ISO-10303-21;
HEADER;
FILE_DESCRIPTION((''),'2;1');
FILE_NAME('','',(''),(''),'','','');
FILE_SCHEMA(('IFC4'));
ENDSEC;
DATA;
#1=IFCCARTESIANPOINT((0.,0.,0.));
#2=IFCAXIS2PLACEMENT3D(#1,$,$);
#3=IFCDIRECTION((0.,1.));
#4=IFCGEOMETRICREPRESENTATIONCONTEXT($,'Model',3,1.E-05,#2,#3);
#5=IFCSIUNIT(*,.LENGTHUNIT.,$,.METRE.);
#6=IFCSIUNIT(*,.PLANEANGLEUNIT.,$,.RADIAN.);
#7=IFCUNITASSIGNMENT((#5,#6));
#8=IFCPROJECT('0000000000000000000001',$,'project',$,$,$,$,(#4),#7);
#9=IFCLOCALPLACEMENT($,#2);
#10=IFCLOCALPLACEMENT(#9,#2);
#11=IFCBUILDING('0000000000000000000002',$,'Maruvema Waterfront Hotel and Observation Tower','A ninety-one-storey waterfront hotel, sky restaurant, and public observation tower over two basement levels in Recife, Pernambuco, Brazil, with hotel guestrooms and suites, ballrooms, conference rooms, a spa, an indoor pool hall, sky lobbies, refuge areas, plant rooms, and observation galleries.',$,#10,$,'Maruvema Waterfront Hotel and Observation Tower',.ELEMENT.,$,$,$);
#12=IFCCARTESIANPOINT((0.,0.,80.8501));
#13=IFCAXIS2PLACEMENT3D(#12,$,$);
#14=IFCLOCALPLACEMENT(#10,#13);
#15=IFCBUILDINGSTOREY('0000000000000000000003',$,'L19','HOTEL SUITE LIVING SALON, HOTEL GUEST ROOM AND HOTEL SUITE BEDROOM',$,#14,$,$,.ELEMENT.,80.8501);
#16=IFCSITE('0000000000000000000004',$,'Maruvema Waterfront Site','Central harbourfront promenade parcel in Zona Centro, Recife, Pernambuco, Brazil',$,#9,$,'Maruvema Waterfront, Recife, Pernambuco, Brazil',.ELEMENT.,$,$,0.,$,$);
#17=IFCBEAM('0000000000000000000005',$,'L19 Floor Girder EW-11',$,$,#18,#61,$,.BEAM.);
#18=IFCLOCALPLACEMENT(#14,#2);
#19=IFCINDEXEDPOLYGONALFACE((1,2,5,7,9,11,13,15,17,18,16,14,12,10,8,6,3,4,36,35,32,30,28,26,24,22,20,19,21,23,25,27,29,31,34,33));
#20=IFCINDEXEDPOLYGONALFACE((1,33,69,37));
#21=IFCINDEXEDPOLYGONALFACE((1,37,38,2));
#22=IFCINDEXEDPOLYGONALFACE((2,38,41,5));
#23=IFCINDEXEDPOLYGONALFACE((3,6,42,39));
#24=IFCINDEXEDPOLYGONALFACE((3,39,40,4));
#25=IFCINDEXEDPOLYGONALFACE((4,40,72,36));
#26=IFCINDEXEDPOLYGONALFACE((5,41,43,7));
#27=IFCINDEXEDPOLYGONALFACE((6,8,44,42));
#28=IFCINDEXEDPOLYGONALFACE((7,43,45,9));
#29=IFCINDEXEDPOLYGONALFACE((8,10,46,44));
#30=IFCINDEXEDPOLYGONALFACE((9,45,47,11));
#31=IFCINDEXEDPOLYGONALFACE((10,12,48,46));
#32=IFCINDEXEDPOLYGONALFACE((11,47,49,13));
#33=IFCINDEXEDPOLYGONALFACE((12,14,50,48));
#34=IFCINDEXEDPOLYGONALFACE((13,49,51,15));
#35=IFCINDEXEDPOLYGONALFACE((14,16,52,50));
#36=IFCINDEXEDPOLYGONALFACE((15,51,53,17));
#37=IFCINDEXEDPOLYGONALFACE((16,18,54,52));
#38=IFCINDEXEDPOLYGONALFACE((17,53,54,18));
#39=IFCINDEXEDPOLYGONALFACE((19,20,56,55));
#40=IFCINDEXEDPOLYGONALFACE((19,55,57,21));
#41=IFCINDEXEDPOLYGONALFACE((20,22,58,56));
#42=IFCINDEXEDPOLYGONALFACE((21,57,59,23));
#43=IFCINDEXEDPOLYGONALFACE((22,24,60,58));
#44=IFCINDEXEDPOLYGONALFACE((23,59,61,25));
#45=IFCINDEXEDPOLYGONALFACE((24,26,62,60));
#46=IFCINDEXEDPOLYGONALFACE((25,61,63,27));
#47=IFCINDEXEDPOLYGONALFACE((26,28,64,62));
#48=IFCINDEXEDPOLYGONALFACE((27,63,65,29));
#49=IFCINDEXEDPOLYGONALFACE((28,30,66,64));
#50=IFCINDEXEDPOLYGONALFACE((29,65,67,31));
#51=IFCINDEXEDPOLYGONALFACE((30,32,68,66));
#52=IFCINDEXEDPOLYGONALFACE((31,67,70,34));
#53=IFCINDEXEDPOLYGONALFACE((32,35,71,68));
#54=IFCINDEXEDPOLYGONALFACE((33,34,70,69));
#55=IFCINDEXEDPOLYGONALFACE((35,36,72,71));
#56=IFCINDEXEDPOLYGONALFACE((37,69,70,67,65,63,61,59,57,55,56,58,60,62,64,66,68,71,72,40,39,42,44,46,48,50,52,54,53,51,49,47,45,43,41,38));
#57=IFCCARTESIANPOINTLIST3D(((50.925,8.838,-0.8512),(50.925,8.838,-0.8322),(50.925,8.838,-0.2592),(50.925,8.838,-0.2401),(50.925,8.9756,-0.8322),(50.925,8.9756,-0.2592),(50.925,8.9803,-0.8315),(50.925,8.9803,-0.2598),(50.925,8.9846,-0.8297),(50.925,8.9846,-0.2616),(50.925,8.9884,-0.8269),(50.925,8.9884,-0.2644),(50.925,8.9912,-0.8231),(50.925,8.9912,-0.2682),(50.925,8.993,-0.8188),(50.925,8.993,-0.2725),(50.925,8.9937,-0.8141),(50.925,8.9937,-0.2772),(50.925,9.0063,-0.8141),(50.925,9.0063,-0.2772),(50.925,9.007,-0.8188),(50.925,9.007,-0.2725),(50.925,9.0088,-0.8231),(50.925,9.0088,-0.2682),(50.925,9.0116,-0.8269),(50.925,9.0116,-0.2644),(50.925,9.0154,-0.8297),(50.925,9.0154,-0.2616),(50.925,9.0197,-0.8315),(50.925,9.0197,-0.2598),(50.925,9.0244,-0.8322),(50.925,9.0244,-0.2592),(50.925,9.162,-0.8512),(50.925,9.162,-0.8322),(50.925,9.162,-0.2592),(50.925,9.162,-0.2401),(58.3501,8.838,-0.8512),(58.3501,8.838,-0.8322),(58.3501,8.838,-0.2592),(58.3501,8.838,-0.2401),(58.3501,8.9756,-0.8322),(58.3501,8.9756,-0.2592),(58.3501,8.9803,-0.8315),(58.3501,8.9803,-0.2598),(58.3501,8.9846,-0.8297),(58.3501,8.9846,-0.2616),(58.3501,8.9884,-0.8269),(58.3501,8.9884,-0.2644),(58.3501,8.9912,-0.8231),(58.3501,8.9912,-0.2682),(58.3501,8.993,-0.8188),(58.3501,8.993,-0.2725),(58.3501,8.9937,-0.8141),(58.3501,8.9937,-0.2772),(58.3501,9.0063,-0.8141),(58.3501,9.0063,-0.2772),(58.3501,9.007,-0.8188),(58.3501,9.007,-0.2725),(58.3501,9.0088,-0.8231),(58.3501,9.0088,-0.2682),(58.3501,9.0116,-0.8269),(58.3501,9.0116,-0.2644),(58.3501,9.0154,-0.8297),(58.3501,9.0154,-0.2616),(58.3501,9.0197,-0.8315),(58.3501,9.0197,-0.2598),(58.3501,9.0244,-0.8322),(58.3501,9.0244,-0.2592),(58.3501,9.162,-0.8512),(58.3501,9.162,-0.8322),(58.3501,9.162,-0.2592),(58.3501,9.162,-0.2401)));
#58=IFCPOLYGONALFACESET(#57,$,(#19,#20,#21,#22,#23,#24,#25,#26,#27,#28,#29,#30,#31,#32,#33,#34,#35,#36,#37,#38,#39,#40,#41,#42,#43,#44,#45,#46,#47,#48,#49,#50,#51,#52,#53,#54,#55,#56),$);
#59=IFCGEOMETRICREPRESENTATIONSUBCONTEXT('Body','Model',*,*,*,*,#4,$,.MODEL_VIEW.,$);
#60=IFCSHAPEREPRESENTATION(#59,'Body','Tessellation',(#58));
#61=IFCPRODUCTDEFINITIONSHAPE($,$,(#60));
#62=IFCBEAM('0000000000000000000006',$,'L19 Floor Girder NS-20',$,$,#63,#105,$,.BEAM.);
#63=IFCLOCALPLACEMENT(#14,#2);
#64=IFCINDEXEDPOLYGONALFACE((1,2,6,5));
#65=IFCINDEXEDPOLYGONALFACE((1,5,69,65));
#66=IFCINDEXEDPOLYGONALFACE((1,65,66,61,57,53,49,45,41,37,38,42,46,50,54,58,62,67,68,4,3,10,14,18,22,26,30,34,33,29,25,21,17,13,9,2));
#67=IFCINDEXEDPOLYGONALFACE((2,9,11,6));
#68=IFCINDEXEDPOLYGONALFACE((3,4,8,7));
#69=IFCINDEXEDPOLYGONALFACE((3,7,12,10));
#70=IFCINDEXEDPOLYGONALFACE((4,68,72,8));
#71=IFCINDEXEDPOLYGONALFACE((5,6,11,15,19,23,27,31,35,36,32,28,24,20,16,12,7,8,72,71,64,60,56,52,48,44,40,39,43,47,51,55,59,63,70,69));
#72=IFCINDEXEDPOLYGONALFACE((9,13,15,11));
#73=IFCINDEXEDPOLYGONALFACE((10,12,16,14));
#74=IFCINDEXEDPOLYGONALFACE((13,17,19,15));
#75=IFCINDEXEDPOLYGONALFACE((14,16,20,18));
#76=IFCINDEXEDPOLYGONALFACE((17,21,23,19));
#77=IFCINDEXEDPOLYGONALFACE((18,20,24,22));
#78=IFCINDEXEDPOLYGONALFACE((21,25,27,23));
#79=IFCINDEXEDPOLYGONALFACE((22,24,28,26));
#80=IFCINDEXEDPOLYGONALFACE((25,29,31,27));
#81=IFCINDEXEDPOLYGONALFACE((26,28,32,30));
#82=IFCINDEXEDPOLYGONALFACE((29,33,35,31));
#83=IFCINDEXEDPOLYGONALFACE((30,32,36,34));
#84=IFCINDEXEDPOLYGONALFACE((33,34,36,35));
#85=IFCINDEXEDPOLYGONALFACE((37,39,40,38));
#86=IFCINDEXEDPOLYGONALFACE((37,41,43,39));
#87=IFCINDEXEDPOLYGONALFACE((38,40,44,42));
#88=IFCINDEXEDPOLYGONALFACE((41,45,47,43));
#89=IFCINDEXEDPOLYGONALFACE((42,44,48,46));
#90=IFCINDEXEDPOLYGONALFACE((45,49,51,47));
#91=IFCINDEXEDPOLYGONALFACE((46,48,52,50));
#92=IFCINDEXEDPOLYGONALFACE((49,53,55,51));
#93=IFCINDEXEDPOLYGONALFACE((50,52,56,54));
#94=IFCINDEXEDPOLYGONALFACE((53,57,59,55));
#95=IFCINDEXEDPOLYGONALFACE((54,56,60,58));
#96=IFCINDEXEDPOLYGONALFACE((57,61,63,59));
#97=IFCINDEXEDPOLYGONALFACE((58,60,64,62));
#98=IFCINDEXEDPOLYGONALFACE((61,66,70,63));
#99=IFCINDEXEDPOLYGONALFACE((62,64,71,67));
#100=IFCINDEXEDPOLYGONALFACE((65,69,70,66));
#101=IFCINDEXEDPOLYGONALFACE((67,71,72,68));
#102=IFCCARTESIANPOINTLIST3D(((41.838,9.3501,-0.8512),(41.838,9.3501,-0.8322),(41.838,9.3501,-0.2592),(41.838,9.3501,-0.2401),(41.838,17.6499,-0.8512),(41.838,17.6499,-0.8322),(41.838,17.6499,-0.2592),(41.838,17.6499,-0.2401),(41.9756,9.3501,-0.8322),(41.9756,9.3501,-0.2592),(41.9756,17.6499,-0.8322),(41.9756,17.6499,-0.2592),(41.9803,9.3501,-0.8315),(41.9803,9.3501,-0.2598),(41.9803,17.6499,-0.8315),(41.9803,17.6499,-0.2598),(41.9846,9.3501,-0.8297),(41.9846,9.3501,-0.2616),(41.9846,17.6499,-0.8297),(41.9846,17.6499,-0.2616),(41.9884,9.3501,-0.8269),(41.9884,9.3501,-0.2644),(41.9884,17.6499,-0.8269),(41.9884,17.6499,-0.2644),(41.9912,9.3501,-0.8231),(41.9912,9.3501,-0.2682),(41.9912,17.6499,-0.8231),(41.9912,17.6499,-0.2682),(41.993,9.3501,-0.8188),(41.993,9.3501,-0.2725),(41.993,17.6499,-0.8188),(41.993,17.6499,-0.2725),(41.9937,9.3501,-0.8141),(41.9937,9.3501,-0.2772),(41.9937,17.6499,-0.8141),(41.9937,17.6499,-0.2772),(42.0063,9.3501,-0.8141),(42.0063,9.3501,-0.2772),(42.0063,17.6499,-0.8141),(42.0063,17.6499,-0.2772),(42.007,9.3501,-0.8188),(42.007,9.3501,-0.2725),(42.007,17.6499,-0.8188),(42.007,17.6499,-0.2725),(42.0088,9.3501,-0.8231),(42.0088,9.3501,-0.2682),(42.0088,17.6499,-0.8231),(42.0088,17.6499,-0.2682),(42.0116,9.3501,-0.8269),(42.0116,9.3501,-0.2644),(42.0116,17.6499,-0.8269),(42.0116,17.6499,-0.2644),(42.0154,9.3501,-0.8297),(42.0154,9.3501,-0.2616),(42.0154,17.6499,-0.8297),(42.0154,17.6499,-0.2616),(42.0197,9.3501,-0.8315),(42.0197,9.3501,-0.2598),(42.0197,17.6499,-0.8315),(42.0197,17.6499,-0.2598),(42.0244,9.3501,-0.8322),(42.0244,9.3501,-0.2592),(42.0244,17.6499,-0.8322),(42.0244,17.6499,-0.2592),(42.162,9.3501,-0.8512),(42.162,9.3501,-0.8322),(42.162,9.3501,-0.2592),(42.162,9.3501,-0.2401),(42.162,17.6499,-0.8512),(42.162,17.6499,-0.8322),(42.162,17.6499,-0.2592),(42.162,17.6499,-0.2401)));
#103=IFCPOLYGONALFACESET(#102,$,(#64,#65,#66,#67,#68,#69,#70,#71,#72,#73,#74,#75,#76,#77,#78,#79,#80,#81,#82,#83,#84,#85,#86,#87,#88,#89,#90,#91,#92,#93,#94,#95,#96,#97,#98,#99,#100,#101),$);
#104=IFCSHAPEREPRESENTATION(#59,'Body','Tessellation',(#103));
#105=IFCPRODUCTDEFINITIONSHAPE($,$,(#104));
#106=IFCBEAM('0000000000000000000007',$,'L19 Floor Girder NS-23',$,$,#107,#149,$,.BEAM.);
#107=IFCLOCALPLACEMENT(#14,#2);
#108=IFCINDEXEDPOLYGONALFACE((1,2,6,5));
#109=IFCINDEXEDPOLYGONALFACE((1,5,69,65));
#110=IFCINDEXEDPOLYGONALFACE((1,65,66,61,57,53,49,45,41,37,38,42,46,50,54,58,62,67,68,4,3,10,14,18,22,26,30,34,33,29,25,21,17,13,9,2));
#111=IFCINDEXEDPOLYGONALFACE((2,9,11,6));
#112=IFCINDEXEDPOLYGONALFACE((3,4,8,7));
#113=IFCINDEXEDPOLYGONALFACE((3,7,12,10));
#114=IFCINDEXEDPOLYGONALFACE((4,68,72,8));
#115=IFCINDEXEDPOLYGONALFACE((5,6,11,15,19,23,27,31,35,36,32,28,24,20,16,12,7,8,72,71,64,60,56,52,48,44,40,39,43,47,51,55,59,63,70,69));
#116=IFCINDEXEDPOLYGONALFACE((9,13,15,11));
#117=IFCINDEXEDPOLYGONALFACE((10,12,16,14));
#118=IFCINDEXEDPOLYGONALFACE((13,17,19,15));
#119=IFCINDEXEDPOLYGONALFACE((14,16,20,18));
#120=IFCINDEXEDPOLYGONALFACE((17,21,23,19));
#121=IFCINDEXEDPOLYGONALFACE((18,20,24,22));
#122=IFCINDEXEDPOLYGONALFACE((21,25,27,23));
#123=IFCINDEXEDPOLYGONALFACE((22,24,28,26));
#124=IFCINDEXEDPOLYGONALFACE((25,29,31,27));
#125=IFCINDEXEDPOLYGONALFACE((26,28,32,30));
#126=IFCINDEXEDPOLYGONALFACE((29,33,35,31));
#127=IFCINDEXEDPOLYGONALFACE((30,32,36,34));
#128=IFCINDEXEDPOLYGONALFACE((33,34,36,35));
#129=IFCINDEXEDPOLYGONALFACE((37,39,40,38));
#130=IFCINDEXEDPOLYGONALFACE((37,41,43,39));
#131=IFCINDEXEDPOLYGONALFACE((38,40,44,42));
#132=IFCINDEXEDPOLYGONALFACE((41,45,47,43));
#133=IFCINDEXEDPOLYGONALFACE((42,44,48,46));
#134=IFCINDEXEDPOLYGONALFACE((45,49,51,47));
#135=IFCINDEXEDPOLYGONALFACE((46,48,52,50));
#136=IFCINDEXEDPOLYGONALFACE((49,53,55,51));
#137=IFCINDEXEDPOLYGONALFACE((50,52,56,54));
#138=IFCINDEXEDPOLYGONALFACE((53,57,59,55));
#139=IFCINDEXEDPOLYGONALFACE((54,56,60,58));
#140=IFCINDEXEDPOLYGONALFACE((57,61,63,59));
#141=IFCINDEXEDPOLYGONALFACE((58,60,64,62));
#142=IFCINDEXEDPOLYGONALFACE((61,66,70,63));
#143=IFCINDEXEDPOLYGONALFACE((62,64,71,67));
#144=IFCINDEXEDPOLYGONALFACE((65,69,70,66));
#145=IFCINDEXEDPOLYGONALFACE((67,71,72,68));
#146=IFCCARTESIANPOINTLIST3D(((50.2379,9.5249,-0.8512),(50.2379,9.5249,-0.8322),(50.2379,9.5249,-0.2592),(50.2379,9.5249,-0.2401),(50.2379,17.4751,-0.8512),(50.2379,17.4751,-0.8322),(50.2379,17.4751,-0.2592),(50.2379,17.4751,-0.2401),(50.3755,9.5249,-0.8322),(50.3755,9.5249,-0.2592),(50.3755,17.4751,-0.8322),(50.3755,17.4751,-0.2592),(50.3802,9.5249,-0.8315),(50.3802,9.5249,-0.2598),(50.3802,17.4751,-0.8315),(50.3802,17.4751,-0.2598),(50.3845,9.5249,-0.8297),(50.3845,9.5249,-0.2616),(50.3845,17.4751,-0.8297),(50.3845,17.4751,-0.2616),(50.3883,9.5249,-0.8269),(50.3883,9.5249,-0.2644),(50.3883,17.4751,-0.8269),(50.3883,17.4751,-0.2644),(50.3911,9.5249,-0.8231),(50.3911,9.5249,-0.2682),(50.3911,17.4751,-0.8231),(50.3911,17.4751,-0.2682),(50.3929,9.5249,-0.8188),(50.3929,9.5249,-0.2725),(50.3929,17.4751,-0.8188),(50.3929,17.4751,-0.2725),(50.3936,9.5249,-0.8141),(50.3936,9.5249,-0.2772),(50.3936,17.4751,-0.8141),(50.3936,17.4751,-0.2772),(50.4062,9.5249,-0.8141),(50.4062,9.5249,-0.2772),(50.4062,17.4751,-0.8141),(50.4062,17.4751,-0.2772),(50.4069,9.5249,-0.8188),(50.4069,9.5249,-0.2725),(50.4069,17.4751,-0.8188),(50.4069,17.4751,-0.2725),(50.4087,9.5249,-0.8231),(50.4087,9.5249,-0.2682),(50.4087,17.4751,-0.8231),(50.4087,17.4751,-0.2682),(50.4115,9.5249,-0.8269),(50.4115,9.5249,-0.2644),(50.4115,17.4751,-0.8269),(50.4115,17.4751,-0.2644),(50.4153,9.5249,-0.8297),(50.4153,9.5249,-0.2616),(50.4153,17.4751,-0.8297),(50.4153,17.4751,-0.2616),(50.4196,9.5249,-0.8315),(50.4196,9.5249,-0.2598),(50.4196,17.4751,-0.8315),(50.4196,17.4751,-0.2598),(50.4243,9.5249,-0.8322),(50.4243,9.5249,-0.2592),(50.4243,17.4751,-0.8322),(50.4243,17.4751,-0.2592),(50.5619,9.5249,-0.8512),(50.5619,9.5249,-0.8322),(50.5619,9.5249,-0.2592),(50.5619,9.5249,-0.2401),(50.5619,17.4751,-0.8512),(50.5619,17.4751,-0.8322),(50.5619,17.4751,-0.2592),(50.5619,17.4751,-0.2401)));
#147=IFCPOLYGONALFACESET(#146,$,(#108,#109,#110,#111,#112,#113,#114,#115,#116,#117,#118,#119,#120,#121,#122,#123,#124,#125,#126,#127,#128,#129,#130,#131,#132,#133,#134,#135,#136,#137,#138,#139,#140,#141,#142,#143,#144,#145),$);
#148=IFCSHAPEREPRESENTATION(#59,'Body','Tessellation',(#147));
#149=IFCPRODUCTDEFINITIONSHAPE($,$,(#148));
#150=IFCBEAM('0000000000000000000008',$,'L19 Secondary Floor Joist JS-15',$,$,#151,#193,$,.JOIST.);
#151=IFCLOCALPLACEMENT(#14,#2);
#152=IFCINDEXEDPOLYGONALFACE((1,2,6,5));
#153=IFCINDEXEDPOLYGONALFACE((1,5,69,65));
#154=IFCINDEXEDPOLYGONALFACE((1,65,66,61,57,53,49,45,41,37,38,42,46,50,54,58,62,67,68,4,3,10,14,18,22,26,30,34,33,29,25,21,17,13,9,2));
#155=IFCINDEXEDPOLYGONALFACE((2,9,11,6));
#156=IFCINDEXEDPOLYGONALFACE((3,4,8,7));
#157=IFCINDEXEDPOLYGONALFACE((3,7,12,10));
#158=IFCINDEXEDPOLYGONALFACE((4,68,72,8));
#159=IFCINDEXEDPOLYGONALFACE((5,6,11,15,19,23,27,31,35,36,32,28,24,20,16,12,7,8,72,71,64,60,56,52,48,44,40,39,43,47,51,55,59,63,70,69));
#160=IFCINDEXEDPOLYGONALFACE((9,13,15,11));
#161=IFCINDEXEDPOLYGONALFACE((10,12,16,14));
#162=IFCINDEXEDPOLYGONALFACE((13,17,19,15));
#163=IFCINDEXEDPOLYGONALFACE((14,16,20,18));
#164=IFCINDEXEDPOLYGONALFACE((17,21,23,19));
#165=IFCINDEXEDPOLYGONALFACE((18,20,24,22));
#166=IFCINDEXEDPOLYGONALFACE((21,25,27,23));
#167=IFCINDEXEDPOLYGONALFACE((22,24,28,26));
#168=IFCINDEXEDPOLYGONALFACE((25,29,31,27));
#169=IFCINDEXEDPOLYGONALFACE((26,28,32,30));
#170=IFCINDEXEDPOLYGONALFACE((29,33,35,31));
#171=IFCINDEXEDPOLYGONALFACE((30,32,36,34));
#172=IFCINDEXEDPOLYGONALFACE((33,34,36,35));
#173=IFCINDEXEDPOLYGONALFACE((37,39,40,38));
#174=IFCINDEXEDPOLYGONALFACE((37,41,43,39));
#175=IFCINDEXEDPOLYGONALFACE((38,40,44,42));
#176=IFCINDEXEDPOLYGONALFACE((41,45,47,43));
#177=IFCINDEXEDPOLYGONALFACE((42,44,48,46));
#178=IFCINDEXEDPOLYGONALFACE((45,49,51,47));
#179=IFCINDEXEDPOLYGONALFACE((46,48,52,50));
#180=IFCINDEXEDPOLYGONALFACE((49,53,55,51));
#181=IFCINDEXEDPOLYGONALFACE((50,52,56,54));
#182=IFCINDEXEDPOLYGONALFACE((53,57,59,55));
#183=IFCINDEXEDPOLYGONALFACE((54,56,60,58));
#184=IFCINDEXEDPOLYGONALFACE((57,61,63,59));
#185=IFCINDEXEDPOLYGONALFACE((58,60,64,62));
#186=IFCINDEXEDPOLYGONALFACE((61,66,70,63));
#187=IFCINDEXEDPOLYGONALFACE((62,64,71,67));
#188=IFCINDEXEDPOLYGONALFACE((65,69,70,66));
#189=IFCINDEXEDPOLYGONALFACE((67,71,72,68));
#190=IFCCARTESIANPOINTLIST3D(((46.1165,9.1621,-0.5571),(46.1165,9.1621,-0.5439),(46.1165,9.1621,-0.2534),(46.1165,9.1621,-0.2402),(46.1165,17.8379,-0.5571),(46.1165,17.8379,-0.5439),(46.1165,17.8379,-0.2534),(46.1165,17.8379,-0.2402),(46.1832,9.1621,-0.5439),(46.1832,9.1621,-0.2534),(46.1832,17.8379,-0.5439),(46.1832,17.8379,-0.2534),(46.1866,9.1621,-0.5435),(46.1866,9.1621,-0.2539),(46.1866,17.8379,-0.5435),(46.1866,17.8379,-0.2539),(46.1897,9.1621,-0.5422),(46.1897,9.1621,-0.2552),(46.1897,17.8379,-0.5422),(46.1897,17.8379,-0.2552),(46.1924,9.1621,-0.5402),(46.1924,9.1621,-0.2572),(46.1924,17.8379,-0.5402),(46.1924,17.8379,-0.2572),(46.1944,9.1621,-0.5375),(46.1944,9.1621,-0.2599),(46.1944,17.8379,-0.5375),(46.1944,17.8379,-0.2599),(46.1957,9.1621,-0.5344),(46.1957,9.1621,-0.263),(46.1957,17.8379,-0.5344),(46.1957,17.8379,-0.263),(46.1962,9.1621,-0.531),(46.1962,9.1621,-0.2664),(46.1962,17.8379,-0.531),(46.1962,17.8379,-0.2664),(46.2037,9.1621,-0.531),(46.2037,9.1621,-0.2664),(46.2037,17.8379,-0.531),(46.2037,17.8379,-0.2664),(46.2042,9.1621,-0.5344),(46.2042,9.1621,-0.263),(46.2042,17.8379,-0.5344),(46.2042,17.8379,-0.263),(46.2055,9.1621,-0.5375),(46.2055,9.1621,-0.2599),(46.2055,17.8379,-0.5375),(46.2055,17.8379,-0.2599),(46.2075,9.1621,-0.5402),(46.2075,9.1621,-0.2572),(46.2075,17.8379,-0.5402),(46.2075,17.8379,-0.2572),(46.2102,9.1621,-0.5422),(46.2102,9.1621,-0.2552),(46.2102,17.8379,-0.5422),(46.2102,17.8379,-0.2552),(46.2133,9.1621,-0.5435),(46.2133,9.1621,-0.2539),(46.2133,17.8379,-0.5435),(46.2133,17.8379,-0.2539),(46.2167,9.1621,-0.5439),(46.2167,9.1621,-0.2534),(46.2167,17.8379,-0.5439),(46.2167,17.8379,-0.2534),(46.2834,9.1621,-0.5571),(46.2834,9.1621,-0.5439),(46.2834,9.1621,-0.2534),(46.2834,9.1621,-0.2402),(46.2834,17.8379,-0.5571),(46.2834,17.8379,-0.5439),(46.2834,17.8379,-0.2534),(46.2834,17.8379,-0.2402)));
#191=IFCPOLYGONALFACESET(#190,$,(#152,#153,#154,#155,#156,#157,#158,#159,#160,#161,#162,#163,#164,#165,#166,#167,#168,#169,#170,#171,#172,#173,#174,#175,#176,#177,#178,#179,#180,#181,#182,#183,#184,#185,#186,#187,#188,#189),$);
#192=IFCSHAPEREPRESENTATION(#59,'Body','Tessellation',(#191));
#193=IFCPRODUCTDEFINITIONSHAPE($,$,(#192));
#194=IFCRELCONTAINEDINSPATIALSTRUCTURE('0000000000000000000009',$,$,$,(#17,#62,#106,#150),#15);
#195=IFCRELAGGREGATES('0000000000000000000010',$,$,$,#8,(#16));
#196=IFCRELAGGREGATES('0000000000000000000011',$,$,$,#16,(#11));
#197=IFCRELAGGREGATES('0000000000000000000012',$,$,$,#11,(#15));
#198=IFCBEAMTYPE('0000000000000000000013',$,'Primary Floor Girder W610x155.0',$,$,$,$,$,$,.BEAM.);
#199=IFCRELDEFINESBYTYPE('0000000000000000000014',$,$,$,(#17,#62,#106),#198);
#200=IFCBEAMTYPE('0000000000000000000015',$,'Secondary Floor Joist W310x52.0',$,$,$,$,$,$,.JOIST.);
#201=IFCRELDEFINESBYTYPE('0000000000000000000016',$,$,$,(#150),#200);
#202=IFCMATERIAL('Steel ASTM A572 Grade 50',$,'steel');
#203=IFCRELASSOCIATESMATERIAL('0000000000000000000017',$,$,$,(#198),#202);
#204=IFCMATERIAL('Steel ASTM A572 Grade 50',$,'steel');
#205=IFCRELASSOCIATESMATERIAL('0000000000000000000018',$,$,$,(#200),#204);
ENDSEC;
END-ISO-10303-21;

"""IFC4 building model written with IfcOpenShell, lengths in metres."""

from ifc_helpers import new_model, si_unit, direction, frame, origin, origin_2d, place, context, subcontext, project, spatial, i_section, extrude, material, material_profile, profile_set, type_object, element, save


model = new_model("IFC4")

# Units and contexts
model_context = context("Model", 3, precision=1e-05, world=origin(), true_north=direction((0.0, 1.0)))
body_context = subcontext(model_context, "Body", "Model", "MODEL_VIEW")
ifc_project = project(units=[si_unit("LENGTHUNIT", "METRE"), si_unit("PLANEANGLEUNIT", "RADIAN")], contexts=[model_context])

# Site, building, storey
site_placement = place(None, origin())
site = spatial("IfcSite", under=ifc_project, at=site_placement, Name="Maruvema Waterfront Site", Description="Central harbourfront promenade parcel in Zona Centro, Recife, Pernambuco, Brazil", LongName="Maruvema Waterfront, Recife, Pernambuco, Brazil", CompositionType="ELEMENT", RefElevation=0.0)
building_placement = place(site_placement, origin())
building = spatial("IfcBuilding", under=site, at=building_placement, Name="Maruvema Waterfront Hotel and Observation Tower", Description="A ninety-one-storey waterfront hotel, sky restaurant, and public observation tower over two basement levels in Recife, Pernambuco, Brazil, with hotel guestrooms and suites, ballrooms, conference rooms, a spa, an indoor pool hall, sky lobbies, refuge areas, plant rooms, and observation galleries.", LongName="Maruvema Waterfront Hotel and Observation Tower", CompositionType="ELEMENT")
storey_placement = place(building_placement, frame((0.0, 0.0, 80.8501)))
storey = spatial("IfcBuildingStorey", under=building, at=storey_placement, Name="L19", Description="HOTEL SUITE LIVING SALON, HOTEL GUEST ROOM AND HOTEL SUITE BEDROOM", CompositionType="ELEMENT", Elevation=80.8501)

# Beams
ifc_material_1 = material(Name="Steel ASTM A572 Grade 50", Category="steel")
ifc_material_profile_1 = material_profile(ifc_material_1, i_section(OverallWidth=0.324, OverallDepth=0.6111, WebThickness=0.0127, FlangeThickness=0.019, FilletRadius=0.0181, at=origin_2d()), Name="W610x155.0")
ifc_profile_set_1 = profile_set([ifc_material_profile_1], Name="Steel ASTM A572 Grade 50")
beam_type_1 = type_object("IfcBeamType", Name="Primary Floor Girder W610x155.0", PredefinedType="BEAM", material=ifc_profile_set_1)
beam_1_placement = place(storey_placement, frame((50.925, 9.0, -0.5457), z_axis=(1.0, 0.0, 0.0), x_axis=(0.0, 1.0, 0.0)))
element("IfcBeam", 1, at=beam_1_placement, inside=storey, type_object=beam_type_1, Name="L19 Floor Girder EW-11", PredefinedType="BEAM", context=body_context, shape_type="SweptSolid", body=[
    extrude(i_section(OverallWidth=0.324, OverallDepth=0.6111, WebThickness=0.0127, FlangeThickness=0.019, FilletRadius=0.0181, at=origin_2d()), origin(), (0.0, 0.0, 1.0), 7.425),
])
beam_2_placement = place(storey_placement, frame((42.0, 9.3501, -0.5457), z_axis=(0.0, 1.0, 0.0), x_axis=(-1.0, 0.0, 0.0)))
element("IfcBeam", 2, at=beam_2_placement, inside=storey, type_object=beam_type_1, Name="L19 Floor Girder NS-20", PredefinedType="BEAM", context=body_context, shape_type="SweptSolid", body=[
    extrude(i_section(OverallWidth=0.324, OverallDepth=0.6111, WebThickness=0.0127, FlangeThickness=0.019, FilletRadius=0.0181, at=origin_2d()), origin(), (0.0, 0.0, 1.0), 8.2998),
])
beam_3_placement = place(storey_placement, frame((50.3999, 9.5249, -0.5457), z_axis=(0.0, 1.0, 0.0), x_axis=(-1.0, 0.0, 0.0)))
element("IfcBeam", 3, at=beam_3_placement, inside=storey, type_object=beam_type_1, Name="L19 Floor Girder NS-23", PredefinedType="BEAM", context=body_context, shape_type="SweptSolid", body=[
    extrude(i_section(OverallWidth=0.324, OverallDepth=0.6111, WebThickness=0.0127, FlangeThickness=0.019, FilletRadius=0.0181, at=origin_2d()), origin(), (0.0, 0.0, 1.0), 7.9502),
])
ifc_material_2 = material(Name="Steel ASTM A572 Grade 50", Category="steel")
ifc_material_profile_2 = material_profile(ifc_material_2, i_section(OverallWidth=0.167, OverallDepth=0.3169, WebThickness=0.0076, FlangeThickness=0.0132, FilletRadius=0.0129, at=origin_2d()), Name="W310x52.0")
ifc_profile_set_2 = profile_set([ifc_material_profile_2], Name="Steel ASTM A572 Grade 50")
beam_type_2 = type_object("IfcBeamType", Name="Secondary Floor Joist W310x52.0", PredefinedType="JOIST", material=ifc_profile_set_2)
beam_4_placement = place(storey_placement, frame((46.2, 9.1621, -0.3987), z_axis=(0.0, 1.0, 0.0), x_axis=(-1.0, 0.0, 0.0)))
element("IfcBeam", 4, at=beam_4_placement, inside=storey, type_object=beam_type_2, Name="L19 Secondary Floor Joist JS-15", PredefinedType="JOIST", context=body_context, shape_type="SweptSolid", body=[
    extrude(i_section(OverallWidth=0.167, OverallDepth=0.3169, WebThickness=0.0076, FlangeThickness=0.0132, FilletRadius=0.0129, at=origin_2d()), origin(), (0.0, 0.0, 1.0), 8.6758),
])

save(model, "model.ifc")
